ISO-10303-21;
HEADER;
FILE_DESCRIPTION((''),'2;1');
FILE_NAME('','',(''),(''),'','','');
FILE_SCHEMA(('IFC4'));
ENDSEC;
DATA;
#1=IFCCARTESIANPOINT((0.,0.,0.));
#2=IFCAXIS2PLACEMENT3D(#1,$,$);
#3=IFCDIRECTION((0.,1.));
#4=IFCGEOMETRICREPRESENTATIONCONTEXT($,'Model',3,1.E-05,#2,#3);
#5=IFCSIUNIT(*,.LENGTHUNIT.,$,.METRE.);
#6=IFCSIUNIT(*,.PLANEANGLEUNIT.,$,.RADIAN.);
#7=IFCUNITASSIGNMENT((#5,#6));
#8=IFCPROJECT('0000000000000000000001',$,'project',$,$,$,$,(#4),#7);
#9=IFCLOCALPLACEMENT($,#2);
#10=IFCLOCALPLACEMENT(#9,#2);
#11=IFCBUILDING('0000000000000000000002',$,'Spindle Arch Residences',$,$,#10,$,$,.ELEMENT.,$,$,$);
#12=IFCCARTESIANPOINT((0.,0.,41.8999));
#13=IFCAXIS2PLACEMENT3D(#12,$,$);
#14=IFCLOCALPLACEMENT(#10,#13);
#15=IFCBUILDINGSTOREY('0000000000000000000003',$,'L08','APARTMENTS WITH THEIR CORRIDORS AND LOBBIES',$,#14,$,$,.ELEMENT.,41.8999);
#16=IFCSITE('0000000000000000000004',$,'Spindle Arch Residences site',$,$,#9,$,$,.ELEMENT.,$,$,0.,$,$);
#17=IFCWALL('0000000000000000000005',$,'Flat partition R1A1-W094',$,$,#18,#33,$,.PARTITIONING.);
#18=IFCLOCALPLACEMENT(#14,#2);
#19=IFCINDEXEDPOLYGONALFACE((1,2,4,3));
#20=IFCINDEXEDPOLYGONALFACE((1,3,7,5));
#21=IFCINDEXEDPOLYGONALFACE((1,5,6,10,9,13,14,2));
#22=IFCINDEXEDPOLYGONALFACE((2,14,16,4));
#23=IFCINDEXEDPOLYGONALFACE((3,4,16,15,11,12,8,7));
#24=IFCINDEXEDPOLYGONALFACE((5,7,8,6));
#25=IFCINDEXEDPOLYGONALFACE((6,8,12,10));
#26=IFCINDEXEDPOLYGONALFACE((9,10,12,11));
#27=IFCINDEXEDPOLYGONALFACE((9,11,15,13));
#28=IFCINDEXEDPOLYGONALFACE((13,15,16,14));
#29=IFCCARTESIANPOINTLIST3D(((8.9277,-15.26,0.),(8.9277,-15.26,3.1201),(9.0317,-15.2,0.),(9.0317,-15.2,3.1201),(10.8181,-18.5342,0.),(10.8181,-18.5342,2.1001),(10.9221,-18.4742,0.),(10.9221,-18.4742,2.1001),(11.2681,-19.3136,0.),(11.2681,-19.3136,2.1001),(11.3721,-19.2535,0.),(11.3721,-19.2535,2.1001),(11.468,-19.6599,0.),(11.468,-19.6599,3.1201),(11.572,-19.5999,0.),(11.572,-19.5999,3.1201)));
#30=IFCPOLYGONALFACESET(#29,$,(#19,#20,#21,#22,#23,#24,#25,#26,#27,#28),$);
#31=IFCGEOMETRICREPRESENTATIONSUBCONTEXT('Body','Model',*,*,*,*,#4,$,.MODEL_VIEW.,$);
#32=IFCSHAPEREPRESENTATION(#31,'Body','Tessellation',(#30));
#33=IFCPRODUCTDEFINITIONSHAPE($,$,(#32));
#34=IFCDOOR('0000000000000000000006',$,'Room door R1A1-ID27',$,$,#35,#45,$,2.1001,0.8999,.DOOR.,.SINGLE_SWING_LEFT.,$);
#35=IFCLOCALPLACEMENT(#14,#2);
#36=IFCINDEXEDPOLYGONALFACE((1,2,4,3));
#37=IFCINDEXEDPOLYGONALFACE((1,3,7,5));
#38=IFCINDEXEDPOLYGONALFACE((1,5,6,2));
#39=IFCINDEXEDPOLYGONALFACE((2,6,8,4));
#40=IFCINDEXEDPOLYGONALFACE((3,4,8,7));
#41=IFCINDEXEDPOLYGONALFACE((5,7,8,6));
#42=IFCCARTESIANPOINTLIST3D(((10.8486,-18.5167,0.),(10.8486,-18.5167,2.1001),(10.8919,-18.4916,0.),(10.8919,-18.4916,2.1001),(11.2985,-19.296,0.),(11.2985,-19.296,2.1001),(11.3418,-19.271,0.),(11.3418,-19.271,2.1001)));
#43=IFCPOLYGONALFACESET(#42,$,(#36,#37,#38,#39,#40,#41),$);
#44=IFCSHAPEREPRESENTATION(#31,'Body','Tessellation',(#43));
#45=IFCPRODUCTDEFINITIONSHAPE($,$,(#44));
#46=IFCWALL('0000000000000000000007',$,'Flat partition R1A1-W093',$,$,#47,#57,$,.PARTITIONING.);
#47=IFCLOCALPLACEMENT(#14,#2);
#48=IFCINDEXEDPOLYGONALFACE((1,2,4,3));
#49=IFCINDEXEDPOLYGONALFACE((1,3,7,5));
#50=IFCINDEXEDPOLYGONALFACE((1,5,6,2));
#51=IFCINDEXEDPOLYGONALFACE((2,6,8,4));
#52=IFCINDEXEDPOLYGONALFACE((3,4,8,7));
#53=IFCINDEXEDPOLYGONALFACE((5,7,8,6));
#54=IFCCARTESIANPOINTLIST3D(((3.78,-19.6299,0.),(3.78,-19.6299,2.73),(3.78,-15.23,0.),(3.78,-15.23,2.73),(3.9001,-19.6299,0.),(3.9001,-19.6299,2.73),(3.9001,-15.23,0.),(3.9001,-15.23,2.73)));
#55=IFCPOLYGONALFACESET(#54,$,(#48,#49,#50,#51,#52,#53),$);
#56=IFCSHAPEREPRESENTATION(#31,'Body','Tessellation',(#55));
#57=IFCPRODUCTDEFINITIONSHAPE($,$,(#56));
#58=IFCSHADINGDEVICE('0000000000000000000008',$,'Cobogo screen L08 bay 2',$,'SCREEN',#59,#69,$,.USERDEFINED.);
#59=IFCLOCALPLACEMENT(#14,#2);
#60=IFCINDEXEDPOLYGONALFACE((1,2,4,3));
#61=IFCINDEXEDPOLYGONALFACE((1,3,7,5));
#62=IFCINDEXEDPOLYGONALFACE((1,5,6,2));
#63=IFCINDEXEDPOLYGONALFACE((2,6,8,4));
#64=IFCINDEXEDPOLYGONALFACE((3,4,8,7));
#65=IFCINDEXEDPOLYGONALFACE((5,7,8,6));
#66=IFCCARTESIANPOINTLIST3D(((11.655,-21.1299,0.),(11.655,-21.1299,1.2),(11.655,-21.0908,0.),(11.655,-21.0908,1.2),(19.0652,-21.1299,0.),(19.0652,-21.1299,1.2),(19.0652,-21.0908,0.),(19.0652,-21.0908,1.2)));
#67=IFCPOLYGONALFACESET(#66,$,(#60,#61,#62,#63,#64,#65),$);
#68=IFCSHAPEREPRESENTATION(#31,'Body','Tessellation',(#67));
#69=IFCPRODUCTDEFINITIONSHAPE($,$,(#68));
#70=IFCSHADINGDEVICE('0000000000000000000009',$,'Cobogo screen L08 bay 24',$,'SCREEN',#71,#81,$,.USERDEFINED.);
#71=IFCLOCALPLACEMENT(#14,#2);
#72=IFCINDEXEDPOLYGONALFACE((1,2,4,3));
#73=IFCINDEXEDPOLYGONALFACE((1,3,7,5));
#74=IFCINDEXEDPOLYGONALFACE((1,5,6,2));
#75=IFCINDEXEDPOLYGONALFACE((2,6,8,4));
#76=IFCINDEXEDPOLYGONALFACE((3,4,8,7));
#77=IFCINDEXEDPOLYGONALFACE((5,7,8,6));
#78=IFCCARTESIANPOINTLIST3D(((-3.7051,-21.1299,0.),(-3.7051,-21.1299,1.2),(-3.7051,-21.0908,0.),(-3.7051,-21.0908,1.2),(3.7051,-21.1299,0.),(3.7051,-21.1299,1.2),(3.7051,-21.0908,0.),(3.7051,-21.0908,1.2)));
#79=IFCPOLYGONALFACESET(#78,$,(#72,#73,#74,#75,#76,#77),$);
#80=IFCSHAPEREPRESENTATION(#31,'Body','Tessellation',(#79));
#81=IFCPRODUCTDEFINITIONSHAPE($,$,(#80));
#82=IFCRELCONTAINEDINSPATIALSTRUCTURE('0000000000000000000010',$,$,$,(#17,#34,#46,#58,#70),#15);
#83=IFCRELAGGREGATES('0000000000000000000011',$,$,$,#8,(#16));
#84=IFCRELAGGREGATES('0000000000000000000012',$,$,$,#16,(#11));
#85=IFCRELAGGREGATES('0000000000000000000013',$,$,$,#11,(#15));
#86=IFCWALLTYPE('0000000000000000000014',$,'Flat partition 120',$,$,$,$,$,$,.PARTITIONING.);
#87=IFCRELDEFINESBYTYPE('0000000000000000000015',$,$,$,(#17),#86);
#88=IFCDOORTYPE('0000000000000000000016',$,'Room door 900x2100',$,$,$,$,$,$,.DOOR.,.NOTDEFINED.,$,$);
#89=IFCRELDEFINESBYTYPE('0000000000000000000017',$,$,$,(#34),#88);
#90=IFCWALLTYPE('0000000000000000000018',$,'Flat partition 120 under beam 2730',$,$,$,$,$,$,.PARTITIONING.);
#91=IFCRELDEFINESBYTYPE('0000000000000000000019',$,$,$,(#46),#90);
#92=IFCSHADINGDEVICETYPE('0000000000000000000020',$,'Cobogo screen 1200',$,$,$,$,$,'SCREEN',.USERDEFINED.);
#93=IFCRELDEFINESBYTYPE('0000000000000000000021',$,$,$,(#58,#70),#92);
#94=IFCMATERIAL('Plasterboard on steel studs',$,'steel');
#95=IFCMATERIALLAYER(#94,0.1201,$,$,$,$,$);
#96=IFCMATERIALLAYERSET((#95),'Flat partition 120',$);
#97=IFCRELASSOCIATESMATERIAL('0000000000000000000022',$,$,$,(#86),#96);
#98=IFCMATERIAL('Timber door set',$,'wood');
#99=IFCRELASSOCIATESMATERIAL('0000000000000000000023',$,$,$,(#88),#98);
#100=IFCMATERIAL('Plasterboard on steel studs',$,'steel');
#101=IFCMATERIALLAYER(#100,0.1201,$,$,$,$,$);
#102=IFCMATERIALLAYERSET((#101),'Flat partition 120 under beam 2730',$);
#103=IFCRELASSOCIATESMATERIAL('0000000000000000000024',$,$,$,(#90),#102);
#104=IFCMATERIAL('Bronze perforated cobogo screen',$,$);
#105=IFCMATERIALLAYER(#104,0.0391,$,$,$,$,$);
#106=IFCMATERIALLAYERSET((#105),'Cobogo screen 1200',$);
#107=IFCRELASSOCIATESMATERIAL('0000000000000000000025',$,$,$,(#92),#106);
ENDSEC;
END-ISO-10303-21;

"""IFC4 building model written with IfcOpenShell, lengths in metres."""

from ifc_helpers import new_model, si_unit, direction, frame, frame_2d, origin, origin_2d, place, context, subcontext, project, spatial, rectangle, extrude, material, layer, layer_set, type_object, element, fill, save


model = new_model("IFC4")

# Units and contexts
model_context = context("Model", 3, precision=1e-05, world=origin(), true_north=direction((0.0, 1.0)))
body_context = subcontext(model_context, "Body", "Model", "MODEL_VIEW")
ifc_project = project(units=[si_unit("LENGTHUNIT", "METRE"), si_unit("PLANEANGLEUNIT", "RADIAN")], contexts=[model_context])

# Site, building, storey
site_placement = place(None, origin())
site = spatial("IfcSite", under=ifc_project, at=site_placement, Name="Spindle Arch Residences site", CompositionType="ELEMENT", RefElevation=0.0)
building_placement = place(site_placement, origin())
building = spatial("IfcBuilding", under=site, at=building_placement, Name="Spindle Arch Residences", CompositionType="ELEMENT")
storey_placement = place(building_placement, frame((0.0, 0.0, 41.8999)))
storey = spatial("IfcBuildingStorey", under=building, at=storey_placement, Name="L08", Description="APARTMENTS WITH THEIR CORRIDORS AND LOBBIES", CompositionType="ELEMENT", Elevation=41.8999)

# Shared definitions
ifc_material_1 = material(Name="Plasterboard on steel studs", Category="steel")
ifc_layer_1 = layer(ifc_material_1, 0.1201)
ifc_layer_set_1 = layer_set([ifc_layer_1], Name="Flat partition 120")
wall_type_1 = type_object("IfcWallType", Name="Flat partition 120", PredefinedType="PARTITIONING", material=ifc_layer_set_1)

# Shared definitions
ifc_material_2 = material(Name="Timber door set", Category="wood")
door_type_1 = type_object("IfcDoorType", Name="Room door 900x2100", OperationType="NOTDEFINED", PredefinedType="DOOR", material=ifc_material_2)

# Wall, opening, door
wall_1_placement = place(storey_placement, frame((11.52, -19.6299, 0.0), z_axis=(0.0, 0.0, 1.0), x_axis=(-0.5, 0.866026, 0.0)))
wall_1 = element("IfcWall", 1, at=wall_1_placement, inside=storey, type_object=wall_type_1, Name="Flat partition R1A1-W094", PredefinedType="PARTITIONING", context=body_context, shape_type="SweptSolid", body=[
    extrude(rectangle(XDim=5.0806, YDim=0.1201, at=frame_2d((2.5403, 0.0))), origin(), (0.0, 0.0, 1.0), 3.1201),
])
opening_1_placement = place(wall_1_placement, frame((0.3999, 0.0, 0.0)))
opening_1 = element("IfcOpeningElement", 2, at=opening_1_placement, cuts=wall_1, PredefinedType="OPENING", context=body_context, shape_type="SweptSolid", body=[
    extrude(rectangle(XDim=0.8999, YDim=2.1001, at=frame_2d((0.45, 1.05))), frame((0.0, 0.0701, 0.0), z_axis=(0.0, -1.0, 0.0), x_axis=(1.0, 0.0, 0.0)), (0.0, 0.0, 1.0), 0.1401),
])
door_1_placement = place(opening_1_placement, origin())
door_1 = element("IfcDoor", 3, at=door_1_placement, inside=storey, type_object=door_type_1, Name="Room door R1A1-ID27", OperationType="SINGLE_SWING_LEFT", OverallHeight=2.1001, OverallWidth=0.8999, PredefinedType="DOOR", context=body_context, shape_type="SweptSolid", body=[
    extrude(rectangle(XDim=0.8999, YDim=2.1001, at=frame_2d((0.45, 1.05))), frame((0.0, 0.0249, 0.0), z_axis=(0.0, -1.0, 0.0), x_axis=(1.0, 0.0, 0.0)), (0.0, 0.0, 1.0), 0.05),
])
fill(opening_1, door_1)

# Wall
ifc_material_3 = material(Name="Plasterboard on steel studs", Category="steel")
ifc_layer_2 = layer(ifc_material_3, 0.1201)
ifc_layer_set_2 = layer_set([ifc_layer_2], Name="Flat partition 120 under beam 2730")
wall_type_2 = type_object("IfcWallType", Name="Flat partition 120 under beam 2730", PredefinedType="PARTITIONING", material=ifc_layer_set_2)
wall_2_placement = place(storey_placement, frame((3.8401, -19.6299, 0.0), z_axis=(0.0, 0.0, 1.0), x_axis=(0.0, 1.0, 0.0)))
element("IfcWall", 4, at=wall_2_placement, inside=storey, type_object=wall_type_2, Name="Flat partition R1A1-W093", PredefinedType="PARTITIONING", context=body_context, shape_type="SweptSolid", body=[
    extrude(rectangle(XDim=4.3999, YDim=0.1201, at=frame_2d((2.2, 0.0))), origin(), (0.0, 0.0, 1.0), 2.73),
])

# Shading devices
ifc_material_4 = material(Name="Bronze perforated cobogo screen")
ifc_layer_3 = layer(ifc_material_4, 0.0391)
ifc_layer_set_3 = layer_set([ifc_layer_3], Name="Cobogo screen 1200")
shading_device_type = type_object("IfcShadingDeviceType", Name="Cobogo screen 1200", ElementType="SCREEN", PredefinedType="USERDEFINED", material=ifc_layer_set_3)
for number, where, z_axis, x_axis, name in (
    (5, (15.3601, -21.1104, 0.0), (0.0, 0.0, 1.0), (1.0, 0.0, 0.0), "Cobogo screen L08 bay 2"),
    (6, (0.0, -21.1104, 0.0), (0.0, 0.0, 1.0), (1.0, 0.0, 0.0), "Cobogo screen L08 bay 24"),
):
    element("IfcShadingDevice", number, at=place(storey_placement, frame(where, z_axis=z_axis, x_axis=x_axis)), inside=storey, type_object=shading_device_type, Name=name, ObjectType="SCREEN", PredefinedType="USERDEFINED", context=body_context, shape_type="SweptSolid", body=[
        extrude(rectangle(XDim=7.4102, YDim=0.0391, at=origin_2d()), origin(), (0.0, 0.0, 1.0), 1.2),
    ])

save(model, "model.ifc")
